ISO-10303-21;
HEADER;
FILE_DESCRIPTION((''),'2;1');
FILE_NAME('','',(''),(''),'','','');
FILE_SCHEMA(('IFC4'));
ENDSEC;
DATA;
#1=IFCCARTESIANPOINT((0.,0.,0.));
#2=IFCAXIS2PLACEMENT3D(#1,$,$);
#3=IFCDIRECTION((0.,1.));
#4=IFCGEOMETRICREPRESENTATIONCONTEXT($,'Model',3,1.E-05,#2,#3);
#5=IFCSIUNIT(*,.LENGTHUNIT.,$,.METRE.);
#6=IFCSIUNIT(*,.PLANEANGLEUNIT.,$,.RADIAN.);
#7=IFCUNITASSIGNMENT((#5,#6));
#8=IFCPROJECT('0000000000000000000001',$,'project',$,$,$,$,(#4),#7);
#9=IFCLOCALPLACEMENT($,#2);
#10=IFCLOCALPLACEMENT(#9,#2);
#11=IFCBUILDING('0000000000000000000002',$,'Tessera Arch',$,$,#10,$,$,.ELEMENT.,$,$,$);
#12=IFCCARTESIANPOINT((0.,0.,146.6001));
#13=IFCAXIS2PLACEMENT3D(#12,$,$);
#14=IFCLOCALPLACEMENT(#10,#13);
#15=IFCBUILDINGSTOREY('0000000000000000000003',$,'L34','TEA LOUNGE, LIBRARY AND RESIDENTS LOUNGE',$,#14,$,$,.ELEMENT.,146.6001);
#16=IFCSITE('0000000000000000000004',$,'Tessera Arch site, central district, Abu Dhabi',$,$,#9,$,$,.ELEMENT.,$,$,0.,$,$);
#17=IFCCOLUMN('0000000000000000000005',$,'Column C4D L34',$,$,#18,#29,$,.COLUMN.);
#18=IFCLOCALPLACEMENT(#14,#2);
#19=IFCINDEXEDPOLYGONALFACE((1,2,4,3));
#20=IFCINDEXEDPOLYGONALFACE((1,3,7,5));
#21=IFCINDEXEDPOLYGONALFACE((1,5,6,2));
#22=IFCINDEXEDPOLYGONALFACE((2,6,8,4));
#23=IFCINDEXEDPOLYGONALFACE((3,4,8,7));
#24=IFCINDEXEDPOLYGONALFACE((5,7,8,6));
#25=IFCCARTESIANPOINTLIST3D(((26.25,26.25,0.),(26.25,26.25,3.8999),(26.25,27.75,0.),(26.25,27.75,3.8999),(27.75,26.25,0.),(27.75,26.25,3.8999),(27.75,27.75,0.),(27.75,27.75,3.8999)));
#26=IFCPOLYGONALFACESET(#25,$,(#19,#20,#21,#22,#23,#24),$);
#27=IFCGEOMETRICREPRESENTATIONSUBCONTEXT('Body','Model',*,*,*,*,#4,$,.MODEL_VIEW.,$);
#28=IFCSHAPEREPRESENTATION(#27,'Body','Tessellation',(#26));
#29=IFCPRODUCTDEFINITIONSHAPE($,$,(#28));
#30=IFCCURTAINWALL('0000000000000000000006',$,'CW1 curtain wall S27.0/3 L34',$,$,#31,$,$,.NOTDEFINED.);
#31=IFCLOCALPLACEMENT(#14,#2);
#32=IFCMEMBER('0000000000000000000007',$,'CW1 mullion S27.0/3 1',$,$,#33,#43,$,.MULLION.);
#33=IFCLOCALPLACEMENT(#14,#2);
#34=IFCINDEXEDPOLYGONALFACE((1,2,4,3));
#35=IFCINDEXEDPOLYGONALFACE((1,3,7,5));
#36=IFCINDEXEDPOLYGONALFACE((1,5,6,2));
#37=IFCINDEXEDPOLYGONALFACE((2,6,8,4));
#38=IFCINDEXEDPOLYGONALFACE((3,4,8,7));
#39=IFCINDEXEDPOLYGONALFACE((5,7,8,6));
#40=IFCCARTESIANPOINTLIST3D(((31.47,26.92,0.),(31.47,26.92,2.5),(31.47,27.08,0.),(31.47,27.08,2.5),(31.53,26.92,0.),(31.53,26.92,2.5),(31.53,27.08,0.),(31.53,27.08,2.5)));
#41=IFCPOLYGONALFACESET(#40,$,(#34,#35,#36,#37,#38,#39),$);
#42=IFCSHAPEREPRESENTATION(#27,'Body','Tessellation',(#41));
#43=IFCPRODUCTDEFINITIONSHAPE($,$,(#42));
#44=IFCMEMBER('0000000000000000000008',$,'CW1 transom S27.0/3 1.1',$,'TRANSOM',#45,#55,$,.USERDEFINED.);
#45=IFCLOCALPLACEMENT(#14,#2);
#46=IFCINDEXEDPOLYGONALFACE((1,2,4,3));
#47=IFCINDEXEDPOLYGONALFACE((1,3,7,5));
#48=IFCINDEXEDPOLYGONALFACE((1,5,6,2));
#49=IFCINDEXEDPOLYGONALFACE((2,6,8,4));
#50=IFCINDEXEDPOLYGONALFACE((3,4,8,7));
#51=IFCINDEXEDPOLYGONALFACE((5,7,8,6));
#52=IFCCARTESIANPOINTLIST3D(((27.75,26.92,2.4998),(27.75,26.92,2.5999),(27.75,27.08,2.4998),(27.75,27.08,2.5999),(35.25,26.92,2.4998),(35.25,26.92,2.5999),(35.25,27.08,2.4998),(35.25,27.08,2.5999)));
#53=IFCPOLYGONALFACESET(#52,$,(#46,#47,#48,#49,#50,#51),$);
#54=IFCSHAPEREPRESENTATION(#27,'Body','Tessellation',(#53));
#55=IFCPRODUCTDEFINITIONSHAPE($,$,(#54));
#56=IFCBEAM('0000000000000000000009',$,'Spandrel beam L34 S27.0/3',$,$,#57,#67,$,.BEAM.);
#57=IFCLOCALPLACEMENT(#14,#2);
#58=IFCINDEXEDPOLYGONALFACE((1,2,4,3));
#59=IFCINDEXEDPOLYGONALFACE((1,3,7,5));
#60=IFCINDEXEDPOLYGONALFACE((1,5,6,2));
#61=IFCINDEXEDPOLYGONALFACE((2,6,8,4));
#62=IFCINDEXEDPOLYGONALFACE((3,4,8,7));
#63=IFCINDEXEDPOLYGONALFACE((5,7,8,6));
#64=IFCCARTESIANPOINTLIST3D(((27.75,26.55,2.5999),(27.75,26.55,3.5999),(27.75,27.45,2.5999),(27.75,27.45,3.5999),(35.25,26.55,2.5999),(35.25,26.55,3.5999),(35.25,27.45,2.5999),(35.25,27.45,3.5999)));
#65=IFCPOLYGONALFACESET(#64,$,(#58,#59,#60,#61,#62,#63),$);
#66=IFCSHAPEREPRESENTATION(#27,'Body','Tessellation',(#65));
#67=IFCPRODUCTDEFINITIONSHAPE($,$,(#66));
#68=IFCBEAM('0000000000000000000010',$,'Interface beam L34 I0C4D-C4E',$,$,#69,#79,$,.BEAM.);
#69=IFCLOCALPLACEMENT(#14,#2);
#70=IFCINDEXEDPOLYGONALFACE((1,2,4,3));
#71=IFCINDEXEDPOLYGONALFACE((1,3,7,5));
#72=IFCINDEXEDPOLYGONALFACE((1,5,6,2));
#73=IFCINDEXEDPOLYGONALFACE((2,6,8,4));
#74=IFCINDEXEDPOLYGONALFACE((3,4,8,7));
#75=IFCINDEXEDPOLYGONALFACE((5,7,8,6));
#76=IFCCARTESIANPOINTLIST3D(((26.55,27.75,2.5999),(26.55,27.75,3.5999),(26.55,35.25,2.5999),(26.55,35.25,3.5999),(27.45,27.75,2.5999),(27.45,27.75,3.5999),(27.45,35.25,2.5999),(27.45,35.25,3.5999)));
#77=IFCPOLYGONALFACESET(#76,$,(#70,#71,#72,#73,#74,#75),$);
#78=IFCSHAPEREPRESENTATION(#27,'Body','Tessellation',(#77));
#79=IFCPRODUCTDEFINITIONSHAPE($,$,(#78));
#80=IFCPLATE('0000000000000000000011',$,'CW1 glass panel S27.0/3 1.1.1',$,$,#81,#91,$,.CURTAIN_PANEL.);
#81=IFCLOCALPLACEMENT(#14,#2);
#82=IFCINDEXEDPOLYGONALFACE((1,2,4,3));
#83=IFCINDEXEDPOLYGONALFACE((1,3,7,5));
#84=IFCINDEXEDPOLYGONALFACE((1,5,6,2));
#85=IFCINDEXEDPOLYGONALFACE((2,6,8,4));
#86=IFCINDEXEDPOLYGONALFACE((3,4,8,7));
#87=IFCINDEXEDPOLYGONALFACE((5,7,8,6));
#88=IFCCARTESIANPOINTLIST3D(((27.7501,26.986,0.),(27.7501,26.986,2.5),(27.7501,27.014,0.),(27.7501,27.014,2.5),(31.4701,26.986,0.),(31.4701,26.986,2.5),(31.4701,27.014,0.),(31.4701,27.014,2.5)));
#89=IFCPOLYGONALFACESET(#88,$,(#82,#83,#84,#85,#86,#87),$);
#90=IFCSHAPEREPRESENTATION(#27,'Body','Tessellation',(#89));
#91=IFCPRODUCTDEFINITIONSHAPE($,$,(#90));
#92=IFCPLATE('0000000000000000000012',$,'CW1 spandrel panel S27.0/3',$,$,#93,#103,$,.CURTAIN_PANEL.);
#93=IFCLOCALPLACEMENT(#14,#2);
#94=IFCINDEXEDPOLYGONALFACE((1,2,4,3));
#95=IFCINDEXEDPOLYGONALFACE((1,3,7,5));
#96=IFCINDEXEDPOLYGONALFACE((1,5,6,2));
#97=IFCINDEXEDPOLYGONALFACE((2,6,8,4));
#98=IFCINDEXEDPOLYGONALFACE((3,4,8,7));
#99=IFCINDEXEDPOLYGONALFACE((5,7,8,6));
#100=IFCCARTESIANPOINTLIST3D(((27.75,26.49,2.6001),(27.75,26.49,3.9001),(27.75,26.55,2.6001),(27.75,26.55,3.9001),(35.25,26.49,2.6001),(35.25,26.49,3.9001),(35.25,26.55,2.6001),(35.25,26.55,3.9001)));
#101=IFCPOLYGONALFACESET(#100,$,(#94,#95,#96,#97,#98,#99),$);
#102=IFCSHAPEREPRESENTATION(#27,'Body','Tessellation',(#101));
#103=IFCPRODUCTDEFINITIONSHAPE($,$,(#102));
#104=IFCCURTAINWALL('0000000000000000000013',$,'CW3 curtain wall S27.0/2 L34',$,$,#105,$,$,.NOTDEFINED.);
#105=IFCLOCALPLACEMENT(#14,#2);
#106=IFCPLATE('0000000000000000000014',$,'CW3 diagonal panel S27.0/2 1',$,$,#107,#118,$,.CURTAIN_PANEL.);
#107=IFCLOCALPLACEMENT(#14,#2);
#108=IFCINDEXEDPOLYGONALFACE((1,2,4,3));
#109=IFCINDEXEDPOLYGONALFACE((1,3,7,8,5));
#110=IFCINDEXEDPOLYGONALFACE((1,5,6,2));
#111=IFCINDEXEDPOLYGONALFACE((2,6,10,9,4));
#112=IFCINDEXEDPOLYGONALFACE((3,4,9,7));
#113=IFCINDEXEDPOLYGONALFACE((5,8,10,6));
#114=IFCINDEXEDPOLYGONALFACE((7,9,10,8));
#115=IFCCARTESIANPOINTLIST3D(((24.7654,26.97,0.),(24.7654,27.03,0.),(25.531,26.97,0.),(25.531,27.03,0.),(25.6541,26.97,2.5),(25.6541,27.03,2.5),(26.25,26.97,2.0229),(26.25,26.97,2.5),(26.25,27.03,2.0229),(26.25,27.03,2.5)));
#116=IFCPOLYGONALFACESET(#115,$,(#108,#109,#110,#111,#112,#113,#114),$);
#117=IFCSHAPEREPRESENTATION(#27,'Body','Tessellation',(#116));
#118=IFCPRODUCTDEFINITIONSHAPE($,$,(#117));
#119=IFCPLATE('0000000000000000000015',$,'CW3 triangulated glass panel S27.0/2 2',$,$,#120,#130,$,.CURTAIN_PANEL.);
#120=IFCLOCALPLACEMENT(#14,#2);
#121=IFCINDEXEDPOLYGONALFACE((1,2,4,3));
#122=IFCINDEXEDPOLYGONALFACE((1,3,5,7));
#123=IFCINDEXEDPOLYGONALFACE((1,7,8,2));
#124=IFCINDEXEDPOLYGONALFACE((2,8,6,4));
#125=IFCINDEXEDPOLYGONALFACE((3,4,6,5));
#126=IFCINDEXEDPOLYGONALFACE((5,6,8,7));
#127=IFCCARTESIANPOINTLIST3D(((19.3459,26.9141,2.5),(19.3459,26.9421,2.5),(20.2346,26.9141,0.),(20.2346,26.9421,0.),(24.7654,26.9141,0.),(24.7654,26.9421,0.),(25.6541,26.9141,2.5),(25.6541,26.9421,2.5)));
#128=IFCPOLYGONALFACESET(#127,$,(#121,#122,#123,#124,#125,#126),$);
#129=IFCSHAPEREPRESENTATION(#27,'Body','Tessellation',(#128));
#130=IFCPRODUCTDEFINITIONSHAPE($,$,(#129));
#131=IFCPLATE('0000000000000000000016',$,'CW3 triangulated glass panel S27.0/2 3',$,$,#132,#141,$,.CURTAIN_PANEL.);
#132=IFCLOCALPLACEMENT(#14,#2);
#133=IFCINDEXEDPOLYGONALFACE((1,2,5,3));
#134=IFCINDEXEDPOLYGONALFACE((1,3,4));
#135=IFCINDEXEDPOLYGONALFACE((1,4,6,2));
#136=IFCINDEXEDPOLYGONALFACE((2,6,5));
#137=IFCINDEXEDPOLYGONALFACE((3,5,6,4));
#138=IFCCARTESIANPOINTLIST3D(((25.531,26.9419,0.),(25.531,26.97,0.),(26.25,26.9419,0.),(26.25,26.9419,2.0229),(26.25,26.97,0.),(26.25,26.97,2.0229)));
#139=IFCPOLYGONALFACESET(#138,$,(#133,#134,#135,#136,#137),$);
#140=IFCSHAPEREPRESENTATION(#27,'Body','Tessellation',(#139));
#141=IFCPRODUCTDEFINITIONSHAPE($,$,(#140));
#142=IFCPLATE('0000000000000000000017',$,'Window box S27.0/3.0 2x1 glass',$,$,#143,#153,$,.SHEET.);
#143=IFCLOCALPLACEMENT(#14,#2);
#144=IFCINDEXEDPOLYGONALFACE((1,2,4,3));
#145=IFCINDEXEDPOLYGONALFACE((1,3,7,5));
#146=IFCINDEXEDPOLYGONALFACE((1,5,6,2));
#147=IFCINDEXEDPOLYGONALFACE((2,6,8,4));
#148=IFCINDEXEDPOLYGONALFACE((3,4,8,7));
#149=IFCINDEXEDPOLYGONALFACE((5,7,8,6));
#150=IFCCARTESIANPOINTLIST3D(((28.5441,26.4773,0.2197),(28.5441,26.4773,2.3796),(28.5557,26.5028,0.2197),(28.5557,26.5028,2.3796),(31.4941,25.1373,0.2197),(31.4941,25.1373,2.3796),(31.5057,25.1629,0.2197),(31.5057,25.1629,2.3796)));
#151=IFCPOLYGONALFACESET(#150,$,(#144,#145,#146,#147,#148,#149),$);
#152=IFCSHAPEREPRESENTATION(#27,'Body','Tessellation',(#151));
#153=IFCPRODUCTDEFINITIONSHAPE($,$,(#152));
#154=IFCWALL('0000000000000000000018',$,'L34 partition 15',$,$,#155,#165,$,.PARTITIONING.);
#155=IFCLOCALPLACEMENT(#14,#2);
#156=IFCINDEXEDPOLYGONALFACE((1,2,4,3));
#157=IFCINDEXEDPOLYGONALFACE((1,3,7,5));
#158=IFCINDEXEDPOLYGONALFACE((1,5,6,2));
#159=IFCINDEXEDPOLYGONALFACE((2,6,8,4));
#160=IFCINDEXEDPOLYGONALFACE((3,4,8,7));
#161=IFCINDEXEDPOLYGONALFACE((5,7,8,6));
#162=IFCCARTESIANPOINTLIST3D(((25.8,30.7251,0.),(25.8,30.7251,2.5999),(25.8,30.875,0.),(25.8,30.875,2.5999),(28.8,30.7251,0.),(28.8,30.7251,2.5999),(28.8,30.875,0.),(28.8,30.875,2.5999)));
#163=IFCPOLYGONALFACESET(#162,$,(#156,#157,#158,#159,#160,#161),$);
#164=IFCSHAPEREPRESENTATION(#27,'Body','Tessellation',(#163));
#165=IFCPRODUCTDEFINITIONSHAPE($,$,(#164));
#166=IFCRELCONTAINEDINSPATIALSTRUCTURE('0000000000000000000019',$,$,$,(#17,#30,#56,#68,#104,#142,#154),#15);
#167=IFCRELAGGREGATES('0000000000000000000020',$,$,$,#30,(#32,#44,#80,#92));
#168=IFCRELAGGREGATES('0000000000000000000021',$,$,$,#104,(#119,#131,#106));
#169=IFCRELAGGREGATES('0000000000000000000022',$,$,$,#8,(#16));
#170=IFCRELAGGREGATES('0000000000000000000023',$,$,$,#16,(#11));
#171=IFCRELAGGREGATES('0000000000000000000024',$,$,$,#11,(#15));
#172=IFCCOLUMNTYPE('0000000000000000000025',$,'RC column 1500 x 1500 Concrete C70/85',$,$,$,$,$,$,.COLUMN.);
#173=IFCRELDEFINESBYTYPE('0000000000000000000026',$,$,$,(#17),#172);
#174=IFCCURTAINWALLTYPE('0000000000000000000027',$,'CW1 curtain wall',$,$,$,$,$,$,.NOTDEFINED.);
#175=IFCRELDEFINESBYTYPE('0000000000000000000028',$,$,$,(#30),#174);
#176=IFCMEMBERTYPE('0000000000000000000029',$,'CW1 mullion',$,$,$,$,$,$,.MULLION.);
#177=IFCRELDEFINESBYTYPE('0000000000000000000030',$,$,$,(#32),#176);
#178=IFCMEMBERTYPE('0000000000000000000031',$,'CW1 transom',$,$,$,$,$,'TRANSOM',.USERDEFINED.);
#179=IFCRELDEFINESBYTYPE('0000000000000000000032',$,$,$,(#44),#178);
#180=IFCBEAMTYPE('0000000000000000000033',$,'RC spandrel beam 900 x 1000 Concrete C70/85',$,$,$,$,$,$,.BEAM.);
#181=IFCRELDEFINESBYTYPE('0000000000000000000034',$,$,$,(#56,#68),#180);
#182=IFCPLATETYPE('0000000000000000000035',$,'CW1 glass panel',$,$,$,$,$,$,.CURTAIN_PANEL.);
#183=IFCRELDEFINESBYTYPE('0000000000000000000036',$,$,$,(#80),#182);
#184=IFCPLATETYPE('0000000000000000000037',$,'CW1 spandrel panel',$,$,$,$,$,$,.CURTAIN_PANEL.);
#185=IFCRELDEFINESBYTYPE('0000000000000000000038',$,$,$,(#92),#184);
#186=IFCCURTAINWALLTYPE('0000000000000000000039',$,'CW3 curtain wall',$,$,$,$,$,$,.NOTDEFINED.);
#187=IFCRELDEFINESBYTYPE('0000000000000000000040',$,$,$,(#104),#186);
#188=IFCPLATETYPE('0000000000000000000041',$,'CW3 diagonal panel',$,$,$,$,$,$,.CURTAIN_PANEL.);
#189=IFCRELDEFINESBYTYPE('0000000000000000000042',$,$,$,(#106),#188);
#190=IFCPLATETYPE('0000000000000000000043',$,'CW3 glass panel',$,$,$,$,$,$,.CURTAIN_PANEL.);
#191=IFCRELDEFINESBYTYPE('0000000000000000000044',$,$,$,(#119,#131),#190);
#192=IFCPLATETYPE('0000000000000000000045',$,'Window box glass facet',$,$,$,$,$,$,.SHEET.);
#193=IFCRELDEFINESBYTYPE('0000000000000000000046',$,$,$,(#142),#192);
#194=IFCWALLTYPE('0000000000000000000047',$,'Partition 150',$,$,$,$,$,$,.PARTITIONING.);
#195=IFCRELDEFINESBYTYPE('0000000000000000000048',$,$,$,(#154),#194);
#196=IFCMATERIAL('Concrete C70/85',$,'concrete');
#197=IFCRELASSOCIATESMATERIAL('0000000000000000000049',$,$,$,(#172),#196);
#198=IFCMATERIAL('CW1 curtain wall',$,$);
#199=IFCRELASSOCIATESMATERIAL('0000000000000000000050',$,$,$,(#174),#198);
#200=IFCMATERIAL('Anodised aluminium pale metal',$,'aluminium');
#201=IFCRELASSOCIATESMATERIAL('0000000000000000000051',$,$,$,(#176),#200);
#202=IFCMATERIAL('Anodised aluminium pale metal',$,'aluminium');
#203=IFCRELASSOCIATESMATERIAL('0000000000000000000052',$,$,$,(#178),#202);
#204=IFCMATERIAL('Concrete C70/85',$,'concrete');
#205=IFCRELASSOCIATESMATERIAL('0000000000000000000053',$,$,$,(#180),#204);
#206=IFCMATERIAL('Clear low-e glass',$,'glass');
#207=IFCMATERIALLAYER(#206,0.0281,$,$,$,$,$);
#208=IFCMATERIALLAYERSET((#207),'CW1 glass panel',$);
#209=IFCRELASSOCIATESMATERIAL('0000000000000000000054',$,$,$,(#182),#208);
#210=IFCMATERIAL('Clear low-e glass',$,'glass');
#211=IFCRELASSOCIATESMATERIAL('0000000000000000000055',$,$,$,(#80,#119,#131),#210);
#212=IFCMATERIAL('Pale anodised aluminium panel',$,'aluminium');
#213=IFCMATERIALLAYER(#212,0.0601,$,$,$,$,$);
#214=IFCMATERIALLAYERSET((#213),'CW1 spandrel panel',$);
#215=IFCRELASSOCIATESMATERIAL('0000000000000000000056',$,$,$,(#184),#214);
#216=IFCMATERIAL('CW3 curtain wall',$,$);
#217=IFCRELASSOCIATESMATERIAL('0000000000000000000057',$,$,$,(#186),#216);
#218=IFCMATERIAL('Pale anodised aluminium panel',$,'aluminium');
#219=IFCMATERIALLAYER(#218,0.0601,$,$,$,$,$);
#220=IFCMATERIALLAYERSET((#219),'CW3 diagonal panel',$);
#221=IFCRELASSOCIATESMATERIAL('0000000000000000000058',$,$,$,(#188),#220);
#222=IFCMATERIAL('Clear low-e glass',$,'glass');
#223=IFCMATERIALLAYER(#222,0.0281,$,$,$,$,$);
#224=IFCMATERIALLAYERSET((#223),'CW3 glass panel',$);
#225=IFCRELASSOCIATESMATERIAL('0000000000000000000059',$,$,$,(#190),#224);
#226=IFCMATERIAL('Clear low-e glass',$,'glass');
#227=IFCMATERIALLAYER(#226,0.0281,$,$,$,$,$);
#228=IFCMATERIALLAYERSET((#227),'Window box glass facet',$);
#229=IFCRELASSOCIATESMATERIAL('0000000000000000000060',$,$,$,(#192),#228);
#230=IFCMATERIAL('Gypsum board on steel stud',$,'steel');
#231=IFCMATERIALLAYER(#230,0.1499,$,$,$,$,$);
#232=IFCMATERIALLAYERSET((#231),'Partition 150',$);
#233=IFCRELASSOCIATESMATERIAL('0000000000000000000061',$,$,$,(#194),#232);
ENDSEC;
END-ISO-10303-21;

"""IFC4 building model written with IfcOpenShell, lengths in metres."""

from ifc_helpers import new_model, si_unit, direction, frame, frame_2d, origin, origin_2d, place, context, subcontext, project, spatial, polyline, rectangle, outline, extrude, material, layer, layer_set, material_profile, profile_set, type_object, element, aggregate, save


model = new_model("IFC4")

# Units and contexts
model_context = context("Model", 3, precision=1e-05, world=origin(), true_north=direction((0.0, 1.0)))
body_context = subcontext(model_context, "Body", "Model", "MODEL_VIEW")
ifc_project = project(units=[si_unit("LENGTHUNIT", "METRE"), si_unit("PLANEANGLEUNIT", "RADIAN")], contexts=[model_context])

# Site, building, storey
site_placement = place(None, origin())
site = spatial("IfcSite", under=ifc_project, at=site_placement, Name="Tessera Arch site, central district, Abu Dhabi", CompositionType="ELEMENT", RefElevation=0.0)
building_placement = place(site_placement, origin())
building = spatial("IfcBuilding", under=site, at=building_placement, Name="Tessera Arch", CompositionType="ELEMENT")
storey_placement = place(building_placement, frame((0.0, 0.0, 146.6001)))
storey = spatial("IfcBuildingStorey", under=building, at=storey_placement, Name="L34", Description="TEA LOUNGE, LIBRARY AND RESIDENTS LOUNGE", CompositionType="ELEMENT", Elevation=146.6001)

# Column
ifc_material_1 = material(Name="Concrete C70/85", Category="concrete")
ifc_material_profile_1 = material_profile(ifc_material_1, rectangle(XDim=1.5, YDim=1.5, at=origin_2d()), Name="RC column 1500 x 1500 Concrete C70/85")
ifc_profile_set_1 = profile_set([ifc_material_profile_1], Name="Concrete C70/85")
column_type = type_object("IfcColumnType", Name="RC column 1500 x 1500 Concrete C70/85", PredefinedType="COLUMN", material=ifc_profile_set_1)
column_placement = place(storey_placement, frame((27.0, 27.0, 0.0), z_axis=(0.0, 0.0, 1.0), x_axis=(1.0, 0.0, 0.0)))
element("IfcColumn", 1, at=column_placement, inside=storey, type_object=column_type, Name="Column C4D L34", PredefinedType="COLUMN", context=body_context, shape_type="SweptSolid", body=[
    extrude(rectangle(XDim=1.5, YDim=1.5, at=origin_2d()), origin(), (0.0, 0.0, 1.0), 3.8999),
])

# Curtain wall, members
ifc_material_2 = material(Name="CW1 curtain wall")
curtain_wall_type_1 = type_object("IfcCurtainWallType", Name="CW1 curtain wall", PredefinedType="NOTDEFINED", material=ifc_material_2)
curtain_wall_1_placement = place(storey_placement, origin())
curtain_wall_1 = element("IfcCurtainWall", 2, at=curtain_wall_1_placement, inside=storey, type_object=curtain_wall_type_1, Name="CW1 curtain wall S27.0/3 L34", PredefinedType="NOTDEFINED")
ifc_material_3 = material(Name="Anodised aluminium pale metal", Category="aluminium")
ifc_material_profile_2 = material_profile(ifc_material_3, rectangle(XDim=0.1599, YDim=0.0601, at=origin_2d()), Name="AL 60x160")
ifc_profile_set_2 = profile_set([ifc_material_profile_2], Name="Anodised aluminium pale metal")
member_type_1 = type_object("IfcMemberType", Name="CW1 mullion", PredefinedType="MULLION", material=ifc_profile_set_2)
member_1_placement = place(storey_placement, frame((31.5, 27.0, 0.0), z_axis=(0.0, 0.0, 1.0), x_axis=(0.0, 1.0, 0.0)))
member_1 = element("IfcMember", 3, at=member_1_placement, type_object=member_type_1, Name="CW1 mullion S27.0/3 1", PredefinedType="MULLION", context=body_context, shape_type="SweptSolid", body=[
    extrude(rectangle(XDim=0.1599, YDim=0.0601, at=origin_2d()), origin(), (0.0, 0.0, 1.0), 2.5),
])
ifc_material_4 = material(Name="Anodised aluminium pale metal", Category="aluminium")
ifc_material_profile_3 = material_profile(ifc_material_4, rectangle(XDim=0.1599, YDim=0.1001, at=origin_2d()), Name="AL 160x100")
ifc_profile_set_3 = profile_set([ifc_material_profile_3], Name="Anodised aluminium pale metal")
member_type_2 = type_object("IfcMemberType", Name="CW1 transom", ElementType="TRANSOM", PredefinedType="USERDEFINED", material=ifc_profile_set_3)
member_2_placement = place(storey_placement, frame((27.75, 27.0, 2.5498), z_axis=(1.0, 0.0, 0.0), x_axis=(0.0, 1.0, 0.0)))
member_2 = element("IfcMember", 4, at=member_2_placement, type_object=member_type_2, Name="CW1 transom S27.0/3 1.1", ObjectType="TRANSOM", PredefinedType="USERDEFINED", context=body_context, shape_type="SweptSolid", body=[
    extrude(rectangle(XDim=0.1599, YDim=0.1001, at=origin_2d()), origin(), (0.0, 0.0, 1.0), 7.5),
])

# Beams
ifc_material_5 = material(Name="Concrete C70/85", Category="concrete")
ifc_material_profile_4 = material_profile(ifc_material_5, rectangle(XDim=0.8999, YDim=1.0, at=origin_2d()), Name="RC spandrel beam 900 x 1000 Concrete C70/85")
ifc_profile_set_4 = profile_set([ifc_material_profile_4], Name="Concrete C70/85")
beam_type = type_object("IfcBeamType", Name="RC spandrel beam 900 x 1000 Concrete C70/85", PredefinedType="BEAM", material=ifc_profile_set_4)
for number, where, z_axis, x_axis, name in (
    (5, (27.75, 27.0, 3.0999), (1.0, 0.0, 0.0), (0.0, 1.0, 0.0), "Spandrel beam L34 S27.0/3"),
    (6, (27.0, 27.75, 3.0999), (0.0, 1.0, 0.0), (-1.0, 0.0, 0.0), "Interface beam L34 I0C4D-C4E"),
):
    element("IfcBeam", number, at=place(storey_placement, frame(where, z_axis=z_axis, x_axis=x_axis)), inside=storey, type_object=beam_type, Name=name, PredefinedType="BEAM", context=body_context, shape_type="SweptSolid", body=[
        extrude(rectangle(XDim=0.8999, YDim=1.0, at=origin_2d()), origin(), (0.0, 0.0, 1.0), 7.5),
    ])

# Plates
ifc_material_6 = material(Name="Clear low-e glass", Category="glass")
ifc_material_7 = material(Name="Clear low-e glass", Category="glass")
ifc_layer_1 = layer(ifc_material_7, 0.0281)
ifc_layer_set_1 = layer_set([ifc_layer_1], Name="CW1 glass panel")
plate_type_1 = type_object("IfcPlateType", Name="CW1 glass panel", PredefinedType="CURTAIN_PANEL", material=ifc_layer_set_1)
plate_1_placement = place(storey_placement, frame((29.6101, 27.0, 0.0), z_axis=(0.0, 0.0, 1.0), x_axis=(1.0, 0.0, 0.0)))
plate_1 = element("IfcPlate", 7, at=plate_1_placement, type_object=plate_type_1, material=ifc_material_6, Name="CW1 glass panel S27.0/3 1.1.1", PredefinedType="CURTAIN_PANEL", context=body_context, shape_type="SweptSolid", body=[
    extrude(rectangle(XDim=3.72, YDim=0.0281, at=origin_2d()), origin(), (0.0, 0.0, 1.0), 2.5),
])
ifc_material_8 = material(Name="Pale anodised aluminium panel", Category="aluminium")
ifc_layer_2 = layer(ifc_material_8, 0.0601)
ifc_layer_set_2 = layer_set([ifc_layer_2], Name="CW1 spandrel panel")
plate_type_2 = type_object("IfcPlateType", Name="CW1 spandrel panel", PredefinedType="CURTAIN_PANEL", material=ifc_layer_set_2)
plate_2_placement = place(storey_placement, frame((31.5, 26.52, 2.6001), z_axis=(0.0, 0.0, 1.0), x_axis=(1.0, 0.0, 0.0)))
plate_2 = element("IfcPlate", 8, at=plate_2_placement, type_object=plate_type_2, Name="CW1 spandrel panel S27.0/3", PredefinedType="CURTAIN_PANEL", context=body_context, shape_type="SweptSolid", body=[
    extrude(rectangle(XDim=7.5, YDim=0.0601, at=origin_2d()), origin(), (0.0, 0.0, 1.0), 1.3),
])
aggregate(curtain_wall_1, [member_1, member_2, plate_1, plate_2])

# Curtain wall, plates
ifc_material_9 = material(Name="CW3 curtain wall")
curtain_wall_type_2 = type_object("IfcCurtainWallType", Name="CW3 curtain wall", PredefinedType="NOTDEFINED", material=ifc_material_9)
curtain_wall_2_placement = place(storey_placement, origin())
curtain_wall_2 = element("IfcCurtainWall", 9, at=curtain_wall_2_placement, inside=storey, type_object=curtain_wall_type_2, Name="CW3 curtain wall S27.0/2 L34", PredefinedType="NOTDEFINED")
ifc_material_10 = material(Name="Pale anodised aluminium panel", Category="aluminium")
ifc_layer_3 = layer(ifc_material_10, 0.0601)
ifc_layer_set_3 = layer_set([ifc_layer_3], Name="CW3 diagonal panel")
plate_type_3 = type_object("IfcPlateType", Name="CW3 diagonal panel", PredefinedType="CURTAIN_PANEL", material=ifc_layer_set_3)
plate_3_placement = place(storey_placement, frame((26.25, 26.97, 2.5), z_axis=(0.0, -1.0, 0.0), x_axis=(-1.0, 0.0, 0.0)))
plate_3 = element("IfcPlate", 10, at=plate_3_placement, type_object=plate_type_3, Name="CW3 diagonal panel S27.0/2 1", PredefinedType="CURTAIN_PANEL", context=body_context, shape_type="SweptSolid", body=[
    extrude(outline(polyline([(0.0, 0.0), (0.5959, 0.0), (1.4846, 2.5), (0.719, 2.5), (0.0, 0.4771), (0.0, 0.0)])), origin(), (0.0, 0.0, -1.0), 0.0601),
])
ifc_material_11 = material(Name="Clear low-e glass", Category="glass")
ifc_layer_4 = layer(ifc_material_11, 0.0281)
ifc_layer_set_4 = layer_set([ifc_layer_4], Name="CW3 glass panel")
plate_type_4 = type_object("IfcPlateType", Name="CW3 glass panel", PredefinedType="CURTAIN_PANEL", material=ifc_layer_set_4)
plate_4_placement = place(storey_placement, frame((25.6541, 26.9141, 2.5), z_axis=(0.0, -1.0, 0.0), x_axis=(-1.0, 0.0, 0.0)))
plate_4 = element("IfcPlate", 11, at=plate_4_placement, type_object=plate_type_4, material=ifc_material_6, Name="CW3 triangulated glass panel S27.0/2 2", PredefinedType="CURTAIN_PANEL", context=body_context, shape_type="SweptSolid", body=[
    extrude(outline(polyline([(0.0, 0.0), (6.3081, 0.0), (5.4194, 2.5), (0.8887, 2.5), (0.0, 0.0)])), origin(), (0.0, 0.0, -1.0), 0.0281),
])
plate_5_placement = place(storey_placement, frame((26.25, 26.9419, 0.0), z_axis=(0.0, -1.0, 0.0), x_axis=(0.0, 0.0, 1.0)))
plate_5 = element("IfcPlate", 12, at=plate_5_placement, type_object=plate_type_4, material=ifc_material_6, Name="CW3 triangulated glass panel S27.0/2 3", PredefinedType="CURTAIN_PANEL", context=body_context, shape_type="SweptSolid", body=[
    extrude(outline(polyline([(0.0, 0.0), (2.0229, 0.0), (0.0, 0.719), (0.0, 0.0)])), origin(), (0.0, 0.0, -1.0), 0.0281),
])
aggregate(curtain_wall_2, [plate_4, plate_5, plate_3])

# Plate
ifc_material_12 = material(Name="Clear low-e glass", Category="glass")
ifc_layer_5 = layer(ifc_material_12, 0.0281)
ifc_layer_set_5 = layer_set([ifc_layer_5], Name="Window box glass facet")
plate_type_5 = type_object("IfcPlateType", Name="Window box glass facet", PredefinedType="SHEET", material=ifc_layer_set_5)
plate_6_placement = place(storey_placement, frame((30.0249, 25.8201, 0.2197), z_axis=(0.0, 0.0, 1.0), x_axis=(0.910472, -0.41357, 0.0)))
element("IfcPlate", 13, at=plate_6_placement, inside=storey, type_object=plate_type_5, Name="Window box S27.0/3.0 2x1 glass", PredefinedType="SHEET", context=body_context, shape_type="SweptSolid", body=[
    extrude(rectangle(XDim=3.24, YDim=0.0281, at=origin_2d()), origin(), (0.0, 0.0, 1.0), 2.1599),
])

# Wall
ifc_material_13 = material(Name="Gypsum board on steel stud", Category="steel")
ifc_layer_6 = layer(ifc_material_13, 0.1499)
ifc_layer_set_6 = layer_set([ifc_layer_6], Name="Partition 150")
wall_type_1 = type_object("IfcWallType", Name="Partition 150", PredefinedType="PARTITIONING", material=ifc_layer_set_6)
wall_1_placement = place(storey_placement, frame((25.8, 30.8, 0.0), z_axis=(0.0, 0.0, 1.0), x_axis=(1.0, 0.0, 0.0)))
element("IfcWall", 14, at=wall_1_placement, inside=storey, type_object=wall_type_1, Name="L34 partition 15", PredefinedType="PARTITIONING", context=body_context, shape_type="SweptSolid", body=[
    extrude(rectangle(XDim=3.0, YDim=0.1499, at=frame_2d((1.5, 0.0))), origin(), (0.0, 0.0, 1.0), 2.5999),
])

save(model, "model.ifc")
